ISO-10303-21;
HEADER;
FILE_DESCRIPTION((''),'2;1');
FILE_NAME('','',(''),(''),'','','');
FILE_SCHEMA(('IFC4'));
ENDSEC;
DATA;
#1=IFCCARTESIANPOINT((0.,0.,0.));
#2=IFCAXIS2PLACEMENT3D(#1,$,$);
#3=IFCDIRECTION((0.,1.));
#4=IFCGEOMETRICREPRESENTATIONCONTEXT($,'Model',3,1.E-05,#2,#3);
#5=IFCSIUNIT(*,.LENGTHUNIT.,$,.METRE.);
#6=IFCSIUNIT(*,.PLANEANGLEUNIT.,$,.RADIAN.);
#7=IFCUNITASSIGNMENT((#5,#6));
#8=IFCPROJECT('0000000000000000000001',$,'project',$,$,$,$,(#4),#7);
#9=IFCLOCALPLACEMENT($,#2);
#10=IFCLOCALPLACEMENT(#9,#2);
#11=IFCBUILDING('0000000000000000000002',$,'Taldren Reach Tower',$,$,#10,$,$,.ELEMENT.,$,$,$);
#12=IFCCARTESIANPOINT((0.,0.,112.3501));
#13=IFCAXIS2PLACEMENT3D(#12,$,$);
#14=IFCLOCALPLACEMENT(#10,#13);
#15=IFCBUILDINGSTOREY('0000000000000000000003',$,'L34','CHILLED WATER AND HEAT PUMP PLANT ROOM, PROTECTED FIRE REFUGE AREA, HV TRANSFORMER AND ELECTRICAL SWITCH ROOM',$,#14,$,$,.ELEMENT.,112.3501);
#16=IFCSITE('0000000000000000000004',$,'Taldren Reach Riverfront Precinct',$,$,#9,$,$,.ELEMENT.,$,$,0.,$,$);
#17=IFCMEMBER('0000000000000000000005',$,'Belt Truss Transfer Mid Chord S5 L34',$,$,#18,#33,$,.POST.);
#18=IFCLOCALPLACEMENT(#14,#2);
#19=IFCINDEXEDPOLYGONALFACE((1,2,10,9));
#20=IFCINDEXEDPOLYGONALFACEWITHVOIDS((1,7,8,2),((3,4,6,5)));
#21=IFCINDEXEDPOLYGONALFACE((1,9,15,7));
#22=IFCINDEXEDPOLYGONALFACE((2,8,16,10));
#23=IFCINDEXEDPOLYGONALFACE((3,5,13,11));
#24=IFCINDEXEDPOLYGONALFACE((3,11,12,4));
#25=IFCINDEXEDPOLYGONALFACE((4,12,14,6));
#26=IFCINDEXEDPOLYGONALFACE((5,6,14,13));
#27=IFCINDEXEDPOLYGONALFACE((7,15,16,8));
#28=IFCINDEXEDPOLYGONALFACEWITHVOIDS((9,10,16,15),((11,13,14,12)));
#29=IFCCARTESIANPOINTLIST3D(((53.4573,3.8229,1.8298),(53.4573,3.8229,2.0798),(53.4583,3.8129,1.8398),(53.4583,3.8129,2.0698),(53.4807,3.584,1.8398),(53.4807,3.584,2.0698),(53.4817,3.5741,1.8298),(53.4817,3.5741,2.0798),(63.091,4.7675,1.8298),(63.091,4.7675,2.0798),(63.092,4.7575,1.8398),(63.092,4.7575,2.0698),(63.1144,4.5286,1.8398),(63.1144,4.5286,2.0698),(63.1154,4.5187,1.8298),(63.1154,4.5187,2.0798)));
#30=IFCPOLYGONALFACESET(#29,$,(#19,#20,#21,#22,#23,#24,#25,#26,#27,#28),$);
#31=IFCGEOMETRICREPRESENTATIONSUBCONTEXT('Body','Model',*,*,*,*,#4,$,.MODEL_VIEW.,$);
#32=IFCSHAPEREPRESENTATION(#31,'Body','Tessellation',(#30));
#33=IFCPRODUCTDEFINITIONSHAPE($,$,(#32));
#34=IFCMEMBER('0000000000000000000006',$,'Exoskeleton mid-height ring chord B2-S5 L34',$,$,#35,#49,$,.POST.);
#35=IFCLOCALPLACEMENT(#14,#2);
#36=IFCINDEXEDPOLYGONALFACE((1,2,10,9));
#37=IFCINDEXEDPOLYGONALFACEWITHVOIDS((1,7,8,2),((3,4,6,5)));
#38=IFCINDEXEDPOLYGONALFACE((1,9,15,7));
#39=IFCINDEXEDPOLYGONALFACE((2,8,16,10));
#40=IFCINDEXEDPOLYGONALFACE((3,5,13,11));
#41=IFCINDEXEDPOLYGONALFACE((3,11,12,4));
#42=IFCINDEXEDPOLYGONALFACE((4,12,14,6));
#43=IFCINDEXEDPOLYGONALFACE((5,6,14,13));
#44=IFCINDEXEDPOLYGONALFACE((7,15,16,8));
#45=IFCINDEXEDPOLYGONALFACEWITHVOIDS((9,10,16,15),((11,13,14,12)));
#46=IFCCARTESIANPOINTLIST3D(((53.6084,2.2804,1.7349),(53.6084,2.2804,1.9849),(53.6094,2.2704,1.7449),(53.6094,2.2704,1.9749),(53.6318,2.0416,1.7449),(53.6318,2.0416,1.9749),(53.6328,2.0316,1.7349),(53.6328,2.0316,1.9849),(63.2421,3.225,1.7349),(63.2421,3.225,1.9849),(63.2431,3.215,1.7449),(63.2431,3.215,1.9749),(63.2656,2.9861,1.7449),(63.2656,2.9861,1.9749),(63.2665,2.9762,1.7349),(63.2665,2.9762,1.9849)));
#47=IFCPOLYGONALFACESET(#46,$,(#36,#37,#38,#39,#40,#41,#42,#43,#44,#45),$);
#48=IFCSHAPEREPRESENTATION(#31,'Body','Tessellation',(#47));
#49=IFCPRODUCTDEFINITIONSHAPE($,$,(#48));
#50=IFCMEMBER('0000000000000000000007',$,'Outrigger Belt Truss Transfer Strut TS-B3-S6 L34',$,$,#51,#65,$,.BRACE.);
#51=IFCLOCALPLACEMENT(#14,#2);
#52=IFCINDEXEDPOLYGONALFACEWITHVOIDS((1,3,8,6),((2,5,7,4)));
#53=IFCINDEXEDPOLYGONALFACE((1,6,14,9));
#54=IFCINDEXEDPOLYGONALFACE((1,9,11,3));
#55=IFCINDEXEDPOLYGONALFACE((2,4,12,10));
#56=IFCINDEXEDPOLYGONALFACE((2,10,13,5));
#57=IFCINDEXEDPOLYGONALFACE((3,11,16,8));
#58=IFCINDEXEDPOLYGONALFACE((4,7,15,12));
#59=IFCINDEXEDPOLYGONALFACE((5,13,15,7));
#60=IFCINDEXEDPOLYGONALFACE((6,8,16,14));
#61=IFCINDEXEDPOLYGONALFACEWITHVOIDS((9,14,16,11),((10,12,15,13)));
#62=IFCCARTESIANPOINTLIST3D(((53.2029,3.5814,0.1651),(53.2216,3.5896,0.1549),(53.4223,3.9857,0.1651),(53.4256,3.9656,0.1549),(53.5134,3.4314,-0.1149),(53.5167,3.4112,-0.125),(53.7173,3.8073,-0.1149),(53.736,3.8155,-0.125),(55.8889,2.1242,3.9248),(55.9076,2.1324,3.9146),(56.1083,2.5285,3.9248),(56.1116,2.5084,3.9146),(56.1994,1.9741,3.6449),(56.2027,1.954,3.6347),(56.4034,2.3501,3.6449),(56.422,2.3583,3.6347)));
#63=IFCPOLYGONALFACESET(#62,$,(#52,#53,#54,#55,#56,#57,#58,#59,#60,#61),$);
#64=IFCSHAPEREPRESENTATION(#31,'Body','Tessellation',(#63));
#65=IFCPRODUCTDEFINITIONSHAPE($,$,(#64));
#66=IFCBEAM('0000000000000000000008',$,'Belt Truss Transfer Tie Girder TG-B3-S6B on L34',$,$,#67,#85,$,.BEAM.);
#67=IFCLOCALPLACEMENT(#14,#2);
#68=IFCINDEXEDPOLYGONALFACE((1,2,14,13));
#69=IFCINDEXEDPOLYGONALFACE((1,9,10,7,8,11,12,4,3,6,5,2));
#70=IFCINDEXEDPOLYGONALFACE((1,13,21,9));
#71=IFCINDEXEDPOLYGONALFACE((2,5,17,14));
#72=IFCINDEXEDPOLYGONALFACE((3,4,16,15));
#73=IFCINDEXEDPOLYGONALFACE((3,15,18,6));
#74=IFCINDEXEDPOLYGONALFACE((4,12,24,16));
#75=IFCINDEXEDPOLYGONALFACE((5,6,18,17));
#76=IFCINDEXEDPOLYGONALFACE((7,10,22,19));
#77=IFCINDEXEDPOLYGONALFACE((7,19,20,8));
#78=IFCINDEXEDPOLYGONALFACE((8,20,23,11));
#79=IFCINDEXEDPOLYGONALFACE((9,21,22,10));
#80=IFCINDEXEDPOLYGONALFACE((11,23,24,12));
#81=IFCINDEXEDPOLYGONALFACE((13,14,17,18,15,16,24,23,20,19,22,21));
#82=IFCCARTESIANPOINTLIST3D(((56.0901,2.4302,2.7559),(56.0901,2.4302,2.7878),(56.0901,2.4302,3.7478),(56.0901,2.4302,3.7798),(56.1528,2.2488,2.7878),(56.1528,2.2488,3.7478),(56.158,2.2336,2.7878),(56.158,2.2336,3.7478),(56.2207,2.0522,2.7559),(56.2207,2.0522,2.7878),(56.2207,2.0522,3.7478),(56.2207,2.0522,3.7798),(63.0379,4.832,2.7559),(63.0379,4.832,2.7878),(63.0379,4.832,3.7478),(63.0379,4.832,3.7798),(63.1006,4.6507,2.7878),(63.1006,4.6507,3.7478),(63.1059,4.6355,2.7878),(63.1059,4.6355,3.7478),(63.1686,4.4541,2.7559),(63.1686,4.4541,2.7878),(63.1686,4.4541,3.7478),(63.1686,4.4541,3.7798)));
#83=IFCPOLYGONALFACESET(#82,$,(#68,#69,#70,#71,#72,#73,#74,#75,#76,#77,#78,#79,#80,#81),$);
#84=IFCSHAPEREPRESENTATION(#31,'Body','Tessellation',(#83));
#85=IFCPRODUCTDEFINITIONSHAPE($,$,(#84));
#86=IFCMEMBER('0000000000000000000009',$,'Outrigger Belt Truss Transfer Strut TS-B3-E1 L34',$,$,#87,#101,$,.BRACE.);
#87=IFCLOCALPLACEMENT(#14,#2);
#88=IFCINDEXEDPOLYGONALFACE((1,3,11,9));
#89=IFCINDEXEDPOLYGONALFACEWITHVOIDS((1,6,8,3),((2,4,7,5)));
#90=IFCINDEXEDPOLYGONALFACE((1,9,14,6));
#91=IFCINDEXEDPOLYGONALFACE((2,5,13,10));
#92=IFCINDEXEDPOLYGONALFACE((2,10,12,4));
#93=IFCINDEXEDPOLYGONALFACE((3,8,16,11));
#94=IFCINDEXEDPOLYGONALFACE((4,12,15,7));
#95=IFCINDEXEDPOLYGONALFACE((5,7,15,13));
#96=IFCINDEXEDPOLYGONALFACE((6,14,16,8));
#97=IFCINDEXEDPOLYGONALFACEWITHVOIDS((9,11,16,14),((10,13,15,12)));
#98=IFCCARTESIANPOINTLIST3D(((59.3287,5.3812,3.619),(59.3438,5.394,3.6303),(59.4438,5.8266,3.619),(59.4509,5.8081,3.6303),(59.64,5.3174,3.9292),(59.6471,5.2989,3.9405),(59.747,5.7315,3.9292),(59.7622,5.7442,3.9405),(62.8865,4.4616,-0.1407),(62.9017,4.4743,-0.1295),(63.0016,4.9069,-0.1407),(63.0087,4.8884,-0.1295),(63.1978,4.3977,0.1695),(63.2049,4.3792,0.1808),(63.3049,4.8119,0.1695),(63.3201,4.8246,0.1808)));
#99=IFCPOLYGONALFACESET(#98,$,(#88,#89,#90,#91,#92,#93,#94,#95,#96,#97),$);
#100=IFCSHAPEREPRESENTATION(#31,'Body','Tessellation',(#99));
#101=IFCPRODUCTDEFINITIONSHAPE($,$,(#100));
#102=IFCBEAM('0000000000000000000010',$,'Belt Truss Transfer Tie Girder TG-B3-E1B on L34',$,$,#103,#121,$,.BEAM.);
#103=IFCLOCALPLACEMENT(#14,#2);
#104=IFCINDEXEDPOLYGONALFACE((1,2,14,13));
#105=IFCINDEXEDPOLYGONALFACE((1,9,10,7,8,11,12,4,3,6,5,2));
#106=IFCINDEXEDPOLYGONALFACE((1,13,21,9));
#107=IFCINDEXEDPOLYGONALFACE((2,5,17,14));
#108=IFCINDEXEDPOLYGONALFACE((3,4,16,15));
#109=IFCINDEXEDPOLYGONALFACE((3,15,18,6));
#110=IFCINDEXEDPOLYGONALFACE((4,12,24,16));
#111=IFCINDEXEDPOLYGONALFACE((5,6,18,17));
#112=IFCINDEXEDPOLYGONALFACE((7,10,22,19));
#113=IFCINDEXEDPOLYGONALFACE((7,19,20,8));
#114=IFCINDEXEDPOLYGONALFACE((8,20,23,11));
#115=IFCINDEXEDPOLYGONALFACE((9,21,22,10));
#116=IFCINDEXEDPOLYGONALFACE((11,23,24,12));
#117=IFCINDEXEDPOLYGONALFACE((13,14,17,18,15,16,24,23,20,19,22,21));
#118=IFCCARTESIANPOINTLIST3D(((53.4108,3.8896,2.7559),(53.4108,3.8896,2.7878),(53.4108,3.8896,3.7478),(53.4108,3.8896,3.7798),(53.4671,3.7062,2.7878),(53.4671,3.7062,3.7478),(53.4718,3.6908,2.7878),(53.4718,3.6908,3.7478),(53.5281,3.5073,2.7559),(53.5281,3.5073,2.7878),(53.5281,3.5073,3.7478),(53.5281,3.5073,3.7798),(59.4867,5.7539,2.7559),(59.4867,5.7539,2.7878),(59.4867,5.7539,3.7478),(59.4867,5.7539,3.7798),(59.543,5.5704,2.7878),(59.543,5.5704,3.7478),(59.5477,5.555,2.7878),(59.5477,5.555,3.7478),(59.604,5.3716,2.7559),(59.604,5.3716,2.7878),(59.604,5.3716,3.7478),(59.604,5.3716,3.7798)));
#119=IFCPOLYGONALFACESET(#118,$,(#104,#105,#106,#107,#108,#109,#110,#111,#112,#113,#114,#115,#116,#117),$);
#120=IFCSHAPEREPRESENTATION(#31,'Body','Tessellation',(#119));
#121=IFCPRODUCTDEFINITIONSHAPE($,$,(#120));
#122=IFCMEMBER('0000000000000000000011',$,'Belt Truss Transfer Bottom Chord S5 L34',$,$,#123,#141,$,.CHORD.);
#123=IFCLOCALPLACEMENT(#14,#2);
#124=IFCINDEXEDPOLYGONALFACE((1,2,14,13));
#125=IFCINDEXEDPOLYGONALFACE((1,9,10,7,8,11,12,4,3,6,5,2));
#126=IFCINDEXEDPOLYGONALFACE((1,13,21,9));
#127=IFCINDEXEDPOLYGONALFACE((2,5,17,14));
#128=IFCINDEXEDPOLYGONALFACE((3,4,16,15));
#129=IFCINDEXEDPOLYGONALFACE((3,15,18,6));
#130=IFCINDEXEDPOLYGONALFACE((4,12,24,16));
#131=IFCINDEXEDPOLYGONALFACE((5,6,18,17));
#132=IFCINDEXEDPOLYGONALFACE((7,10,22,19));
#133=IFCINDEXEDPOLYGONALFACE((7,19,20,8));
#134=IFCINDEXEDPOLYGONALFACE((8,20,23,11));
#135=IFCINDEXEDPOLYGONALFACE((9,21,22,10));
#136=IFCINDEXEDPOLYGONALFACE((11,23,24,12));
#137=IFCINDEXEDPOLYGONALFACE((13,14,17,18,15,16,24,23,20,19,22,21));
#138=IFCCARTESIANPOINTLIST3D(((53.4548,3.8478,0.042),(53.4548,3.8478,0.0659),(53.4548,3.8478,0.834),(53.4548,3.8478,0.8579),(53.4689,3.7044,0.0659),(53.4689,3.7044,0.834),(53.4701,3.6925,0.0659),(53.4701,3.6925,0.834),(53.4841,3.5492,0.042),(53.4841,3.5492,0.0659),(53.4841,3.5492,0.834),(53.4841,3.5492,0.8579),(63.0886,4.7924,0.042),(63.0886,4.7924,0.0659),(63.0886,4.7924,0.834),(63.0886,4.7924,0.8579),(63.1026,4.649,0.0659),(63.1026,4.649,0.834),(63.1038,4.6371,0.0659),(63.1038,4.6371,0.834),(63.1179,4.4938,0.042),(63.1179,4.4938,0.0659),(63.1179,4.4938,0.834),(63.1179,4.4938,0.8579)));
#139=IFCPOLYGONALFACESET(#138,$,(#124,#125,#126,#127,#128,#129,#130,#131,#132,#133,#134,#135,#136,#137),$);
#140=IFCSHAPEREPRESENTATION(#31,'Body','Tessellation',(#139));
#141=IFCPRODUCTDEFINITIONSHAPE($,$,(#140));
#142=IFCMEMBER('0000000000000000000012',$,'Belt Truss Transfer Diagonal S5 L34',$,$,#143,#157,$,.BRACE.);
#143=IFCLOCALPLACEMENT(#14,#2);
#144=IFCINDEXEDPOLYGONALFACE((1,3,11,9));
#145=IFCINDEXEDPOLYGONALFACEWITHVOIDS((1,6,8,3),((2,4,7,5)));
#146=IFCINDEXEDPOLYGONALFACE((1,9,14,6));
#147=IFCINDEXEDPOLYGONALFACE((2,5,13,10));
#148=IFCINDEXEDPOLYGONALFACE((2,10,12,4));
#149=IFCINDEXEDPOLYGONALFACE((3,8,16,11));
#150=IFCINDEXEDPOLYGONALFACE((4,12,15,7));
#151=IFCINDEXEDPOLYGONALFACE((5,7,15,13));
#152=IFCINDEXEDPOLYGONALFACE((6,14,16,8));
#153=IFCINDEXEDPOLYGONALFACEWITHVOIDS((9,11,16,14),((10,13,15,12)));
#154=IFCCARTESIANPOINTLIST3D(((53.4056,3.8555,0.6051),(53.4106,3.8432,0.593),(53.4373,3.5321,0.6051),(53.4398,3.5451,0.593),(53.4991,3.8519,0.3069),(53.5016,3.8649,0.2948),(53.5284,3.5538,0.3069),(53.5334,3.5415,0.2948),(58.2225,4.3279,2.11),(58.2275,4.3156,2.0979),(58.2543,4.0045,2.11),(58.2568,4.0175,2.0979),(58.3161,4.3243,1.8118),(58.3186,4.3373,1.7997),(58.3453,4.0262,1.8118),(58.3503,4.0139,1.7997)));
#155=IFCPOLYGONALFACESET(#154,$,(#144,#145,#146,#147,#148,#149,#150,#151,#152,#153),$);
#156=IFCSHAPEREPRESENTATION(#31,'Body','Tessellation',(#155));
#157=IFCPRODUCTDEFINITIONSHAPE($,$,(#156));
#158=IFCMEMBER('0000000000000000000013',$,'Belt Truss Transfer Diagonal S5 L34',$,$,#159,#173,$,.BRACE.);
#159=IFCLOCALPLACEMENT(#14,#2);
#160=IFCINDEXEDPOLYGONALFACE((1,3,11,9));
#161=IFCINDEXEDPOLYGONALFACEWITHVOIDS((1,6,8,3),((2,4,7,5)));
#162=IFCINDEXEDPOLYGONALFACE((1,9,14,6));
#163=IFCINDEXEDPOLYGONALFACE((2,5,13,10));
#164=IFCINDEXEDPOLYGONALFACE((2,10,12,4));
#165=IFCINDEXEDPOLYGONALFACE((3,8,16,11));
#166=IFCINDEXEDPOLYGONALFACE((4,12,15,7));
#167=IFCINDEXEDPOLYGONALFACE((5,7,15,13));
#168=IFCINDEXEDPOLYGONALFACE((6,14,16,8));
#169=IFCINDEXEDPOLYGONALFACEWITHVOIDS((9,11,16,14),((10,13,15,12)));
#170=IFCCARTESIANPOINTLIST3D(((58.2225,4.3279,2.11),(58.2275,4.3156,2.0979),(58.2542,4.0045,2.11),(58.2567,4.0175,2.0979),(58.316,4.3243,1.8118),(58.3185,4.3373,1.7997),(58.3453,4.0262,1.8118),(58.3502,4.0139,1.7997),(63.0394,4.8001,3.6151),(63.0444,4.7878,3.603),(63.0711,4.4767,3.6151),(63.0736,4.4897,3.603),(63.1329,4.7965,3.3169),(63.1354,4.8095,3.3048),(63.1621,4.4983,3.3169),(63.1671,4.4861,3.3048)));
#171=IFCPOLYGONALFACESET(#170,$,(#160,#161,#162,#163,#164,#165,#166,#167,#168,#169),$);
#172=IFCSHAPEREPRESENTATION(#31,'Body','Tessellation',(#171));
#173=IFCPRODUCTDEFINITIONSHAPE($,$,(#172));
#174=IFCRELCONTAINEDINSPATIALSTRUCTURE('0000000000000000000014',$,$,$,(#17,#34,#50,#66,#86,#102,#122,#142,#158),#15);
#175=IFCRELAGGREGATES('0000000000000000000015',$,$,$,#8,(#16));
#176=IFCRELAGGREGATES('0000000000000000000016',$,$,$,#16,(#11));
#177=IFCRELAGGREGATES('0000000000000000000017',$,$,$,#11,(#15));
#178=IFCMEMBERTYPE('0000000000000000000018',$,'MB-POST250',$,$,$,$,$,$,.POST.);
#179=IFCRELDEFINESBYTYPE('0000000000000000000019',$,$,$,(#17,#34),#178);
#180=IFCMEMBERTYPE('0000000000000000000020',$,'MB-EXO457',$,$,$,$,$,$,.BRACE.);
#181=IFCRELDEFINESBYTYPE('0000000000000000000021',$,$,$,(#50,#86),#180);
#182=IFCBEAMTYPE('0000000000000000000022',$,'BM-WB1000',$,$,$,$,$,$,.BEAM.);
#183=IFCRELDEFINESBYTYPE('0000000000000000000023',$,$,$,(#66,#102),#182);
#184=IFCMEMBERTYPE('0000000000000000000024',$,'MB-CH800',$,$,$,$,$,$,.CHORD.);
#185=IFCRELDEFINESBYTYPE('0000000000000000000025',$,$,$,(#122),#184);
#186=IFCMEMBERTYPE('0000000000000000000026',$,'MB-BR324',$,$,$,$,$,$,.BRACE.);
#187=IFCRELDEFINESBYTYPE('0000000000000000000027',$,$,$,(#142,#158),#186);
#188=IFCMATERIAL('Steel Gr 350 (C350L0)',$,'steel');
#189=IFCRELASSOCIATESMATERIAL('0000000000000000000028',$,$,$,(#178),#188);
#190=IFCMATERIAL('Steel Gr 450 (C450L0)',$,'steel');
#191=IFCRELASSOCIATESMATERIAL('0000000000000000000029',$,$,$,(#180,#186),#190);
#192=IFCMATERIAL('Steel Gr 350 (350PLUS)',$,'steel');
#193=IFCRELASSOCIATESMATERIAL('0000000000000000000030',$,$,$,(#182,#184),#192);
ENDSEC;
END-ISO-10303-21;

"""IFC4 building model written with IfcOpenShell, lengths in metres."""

from ifc_helpers import new_model, si_unit, direction, frame, origin, origin_2d, place, context, subcontext, project, spatial, hollow_rectangle, i_section, extrude, source, transform, mapped, material, material_profile, profile_set, type_object, element, save


model = new_model("IFC4")

# Units and contexts
model_context = context("Model", 3, precision=1e-05, world=origin(), true_north=direction((0.0, 1.0)))
body_context = subcontext(model_context, "Body", "Model", "MODEL_VIEW")
ifc_project = project(units=[si_unit("LENGTHUNIT", "METRE"), si_unit("PLANEANGLEUNIT", "RADIAN")], contexts=[model_context])

# Site, building, storey
site_placement = place(None, origin())
site = spatial("IfcSite", under=ifc_project, at=site_placement, Name="Taldren Reach Riverfront Precinct", CompositionType="ELEMENT", RefElevation=0.0)
building_placement = place(site_placement, origin())
building = spatial("IfcBuilding", under=site, at=building_placement, Name="Taldren Reach Tower", CompositionType="ELEMENT")
storey_placement = place(building_placement, frame((0.0, 0.0, 112.3501)))
storey = spatial("IfcBuildingStorey", under=building, at=storey_placement, Name="L34", Description="CHILLED WATER AND HEAT PUMP PLANT ROOM, PROTECTED FIRE REFUGE AREA, HV TRANSFORMER AND ELECTRICAL SWITCH ROOM", CompositionType="ELEMENT", Elevation=112.3501)

# Shared definitions
ifc_material_1 = material(Name="Steel Gr 350 (350PLUS)", Category="steel")

# Shared definitions
ifc_material_2 = material(Name="Steel Gr 450 (C450L0)", Category="steel")
ifc_material_3 = material(Name="Steel Gr 350 (C350L0)", Category="steel")
ifc_material_profile_1 = material_profile(ifc_material_3, hollow_rectangle(XDim=0.25, YDim=0.25, WallThickness=0.01, at=origin_2d()), Name="250x250x10.0SHS")
ifc_profile_set_1 = profile_set([ifc_material_profile_1], Name="Steel Gr 350 (C350L0)")
member_type_1 = type_object("IfcMemberType", Name="MB-POST250", PredefinedType="POST", material=ifc_profile_set_1)

# Members
shared_shape_1 = source(origin(), body_context, "Body", "SweptSolid", [
    extrude(hollow_rectangle(XDim=0.25, YDim=0.25, WallThickness=0.01, at=origin_2d()), origin(), (0.0, 0.0, 1.0), 9.6799),
])
for number, where, z_axis, x_axis, name in (
    (1, (53.4695, 3.6985, 1.9548), (0.995228, 0.097581, 0.0), (-0.097581, 0.995228, 0.0), "Belt Truss Transfer Mid Chord S5 L34"),
    (2, (53.6206, 2.156, 1.8599), (0.995228, 0.097581, 0.0), (-0.097581, 0.995228, 0.0), "Exoskeleton mid-height ring chord B2-S5 L34"),
):
    element("IfcMember", number, at=place(storey_placement, frame(where, z_axis=z_axis, x_axis=x_axis)), inside=storey, type_object=member_type_1, Name=name, PredefinedType="POST", context=body_context, shape_type="MappedRepresentation", body=[
        mapped(shared_shape_1, transform((0.0, 0.0, 0.0), scale=1.0)),
    ])
ifc_material_profile_2 = material_profile(ifc_material_2, hollow_rectangle(XDim=0.46, YDim=0.46, WallThickness=0.0161, at=origin_2d()), Name="460x460x16.0SHS")
ifc_profile_set_2 = profile_set([ifc_material_profile_2], Name="Steel Gr 450 (C450L0)")
member_type_2 = type_object("IfcMemberType", Name="MB-EXO457", PredefinedType="BRACE", material=ifc_profile_set_2)
shared_shape_2 = source(origin(), body_context, "Body", "SweptSolid", [
    extrude(hollow_rectangle(XDim=0.46, YDim=0.46, WallThickness=0.0161, at=origin_2d()), origin(), (0.0, 0.0, 1.0), 4.845),
])
member_1_placement = place(storey_placement, frame((53.4695, 3.6985, 0.02), z_axis=(0.55439, -0.300778, 0.776005), x_axis=(0.476875, 0.878971, 0.0)))
element("IfcMember", 3, at=member_1_placement, inside=storey, type_object=member_type_2, Name="Outrigger Belt Truss Transfer Strut TS-B3-S6 L34", PredefinedType="BRACE", context=body_context, shape_type="MappedRepresentation", body=[
    mapped(shared_shape_2, transform((0.0, 0.0, 0.0), scale=1.0)),
])

# Beam
ifc_material_profile_3 = material_profile(ifc_material_1, i_section(OverallWidth=0.3999, OverallDepth=1.0239, WebThickness=0.0161, FlangeThickness=0.032, at=origin_2d()), Name="1000WB322")
ifc_profile_set_3 = profile_set([ifc_material_profile_3], Name="Steel Gr 350 (350PLUS)")
beam_type_1 = type_object("IfcBeamType", Name="BM-WB1000", PredefinedType="BEAM", material=ifc_profile_set_3)
shared_shape_3 = source(origin(), body_context, "Body", "SweptSolid", [
    extrude(i_section(OverallWidth=0.3999, OverallDepth=1.0239, WebThickness=0.0161, FlangeThickness=0.032, at=origin_2d()), origin(), (0.0, 0.0, 1.0), 7.3513),
])
beam_1_placement = place(storey_placement, frame((63.1033, 4.6431, 3.2678), z_axis=(-0.945118, -0.32673, 0.0), x_axis=(0.32673, -0.945118, 0.0)))
element("IfcBeam", 4, at=beam_1_placement, inside=storey, type_object=beam_type_1, Name="Belt Truss Transfer Tie Girder TG-B3-S6B on L34", PredefinedType="BEAM", context=body_context, shape_type="MappedRepresentation", body=[
    mapped(shared_shape_3, transform((0.0, 0.0, 0.0), scale=1.0)),
])

# Member
shared_shape_4 = source(origin(), body_context, "Body", "SweptSolid", [
    extrude(hollow_rectangle(XDim=0.46, YDim=0.46, WallThickness=0.0161, at=origin_2d()), origin(), (0.0, 0.0, 1.0), 5.2573),
])
member_2_placement = place(storey_placement, frame((63.1033, 4.6431, 0.02), z_axis=(-0.676737, 0.174931, 0.715141), x_axis=(-0.250266, -0.968177, 0.0)))
element("IfcMember", 5, at=member_2_placement, inside=storey, type_object=member_type_2, Name="Outrigger Belt Truss Transfer Strut TS-B3-E1 L34", PredefinedType="BRACE", context=body_context, shape_type="MappedRepresentation", body=[
    mapped(shared_shape_4, transform((0.0, 0.0, 0.0), scale=1.0)),
])

# Beam
shared_shape_5 = source(origin(), body_context, "Body", "SweptSolid", [
    extrude(i_section(OverallWidth=0.3999, OverallDepth=1.0239, WebThickness=0.0161, FlangeThickness=0.032, at=origin_2d()), origin(), (0.0, 0.0, 1.0), 6.3555),
])
beam_2_placement = place(storey_placement, frame((53.4695, 3.6985, 3.2678), z_axis=(0.956011, 0.29333, 0.0), x_axis=(-0.29333, 0.956011, 0.0)))
element("IfcBeam", 6, at=beam_2_placement, inside=storey, type_object=beam_type_1, Name="Belt Truss Transfer Tie Girder TG-B3-E1B on L34", PredefinedType="BEAM", context=body_context, shape_type="MappedRepresentation", body=[
    mapped(shared_shape_5, transform((0.0, 0.0, 0.0), scale=1.0)),
])

# Members
ifc_material_profile_4 = material_profile(ifc_material_1, i_section(OverallWidth=0.3, OverallDepth=0.8159, WebThickness=0.012, FlangeThickness=0.0239, at=origin_2d()), Name="800WB192")
ifc_profile_set_4 = profile_set([ifc_material_profile_4], Name="Steel Gr 350 (350PLUS)")
member_type_3 = type_object("IfcMemberType", Name="MB-CH800", PredefinedType="CHORD", material=ifc_profile_set_4)
shared_shape_6 = source(origin(), body_context, "Body", "SweptSolid", [
    extrude(i_section(OverallWidth=0.3, OverallDepth=0.8159, WebThickness=0.012, FlangeThickness=0.0239, at=origin_2d()), origin(), (0.0, 0.0, 1.0), 9.6799),
])
member_3_placement = place(storey_placement, frame((53.4695, 3.6985, 0.45), z_axis=(0.995228, 0.097581, 0.0), x_axis=(-0.097581, 0.995228, 0.0)))
element("IfcMember", 7, at=member_3_placement, inside=storey, type_object=member_type_3, Name="Belt Truss Transfer Bottom Chord S5 L34", PredefinedType="CHORD", context=body_context, shape_type="MappedRepresentation", body=[
    mapped(shared_shape_6, transform((0.0, 0.0, 0.0), scale=1.0)),
])
ifc_material_profile_5 = material_profile(ifc_material_2, hollow_rectangle(XDim=0.325, YDim=0.325, WallThickness=0.0127, at=origin_2d()), Name="325x325x12.7SHS")
ifc_profile_set_5 = profile_set([ifc_material_profile_5], Name="Steel Gr 450 (C450L0)")
member_type_4 = type_object("IfcMemberType", Name="MB-BR324", PredefinedType="BRACE", material=ifc_profile_set_5)
shared_shape_7 = source(origin(), body_context, "Body", "SweptSolid", [
    extrude(hollow_rectangle(XDim=0.325, YDim=0.325, WallThickness=0.0127, at=origin_2d()), origin(), (0.0, 0.0, 1.0), 5.0686),
])
for number, where, z_axis, x_axis, name in (
    (8, (53.4695, 3.6985, 0.45), (0.950347, 0.093204, 0.296905), (-0.097606, 0.995225, 0.0), "Belt Truss Transfer Diagonal S5 L34"),
    (9, (58.2864, 4.1709, 1.9548), (0.950338, 0.093155, 0.296951), (-0.097556, 0.99523, 0.0), "Belt Truss Transfer Diagonal S5 L34"),
):
    element("IfcMember", number, at=place(storey_placement, frame(where, z_axis=z_axis, x_axis=x_axis)), inside=storey, type_object=member_type_4, Name=name, PredefinedType="BRACE", context=body_context, shape_type="MappedRepresentation", body=[
        mapped(shared_shape_7, transform((0.0, 0.0, 0.0), scale=1.0)),
    ])

save(model, "model.ifc")
